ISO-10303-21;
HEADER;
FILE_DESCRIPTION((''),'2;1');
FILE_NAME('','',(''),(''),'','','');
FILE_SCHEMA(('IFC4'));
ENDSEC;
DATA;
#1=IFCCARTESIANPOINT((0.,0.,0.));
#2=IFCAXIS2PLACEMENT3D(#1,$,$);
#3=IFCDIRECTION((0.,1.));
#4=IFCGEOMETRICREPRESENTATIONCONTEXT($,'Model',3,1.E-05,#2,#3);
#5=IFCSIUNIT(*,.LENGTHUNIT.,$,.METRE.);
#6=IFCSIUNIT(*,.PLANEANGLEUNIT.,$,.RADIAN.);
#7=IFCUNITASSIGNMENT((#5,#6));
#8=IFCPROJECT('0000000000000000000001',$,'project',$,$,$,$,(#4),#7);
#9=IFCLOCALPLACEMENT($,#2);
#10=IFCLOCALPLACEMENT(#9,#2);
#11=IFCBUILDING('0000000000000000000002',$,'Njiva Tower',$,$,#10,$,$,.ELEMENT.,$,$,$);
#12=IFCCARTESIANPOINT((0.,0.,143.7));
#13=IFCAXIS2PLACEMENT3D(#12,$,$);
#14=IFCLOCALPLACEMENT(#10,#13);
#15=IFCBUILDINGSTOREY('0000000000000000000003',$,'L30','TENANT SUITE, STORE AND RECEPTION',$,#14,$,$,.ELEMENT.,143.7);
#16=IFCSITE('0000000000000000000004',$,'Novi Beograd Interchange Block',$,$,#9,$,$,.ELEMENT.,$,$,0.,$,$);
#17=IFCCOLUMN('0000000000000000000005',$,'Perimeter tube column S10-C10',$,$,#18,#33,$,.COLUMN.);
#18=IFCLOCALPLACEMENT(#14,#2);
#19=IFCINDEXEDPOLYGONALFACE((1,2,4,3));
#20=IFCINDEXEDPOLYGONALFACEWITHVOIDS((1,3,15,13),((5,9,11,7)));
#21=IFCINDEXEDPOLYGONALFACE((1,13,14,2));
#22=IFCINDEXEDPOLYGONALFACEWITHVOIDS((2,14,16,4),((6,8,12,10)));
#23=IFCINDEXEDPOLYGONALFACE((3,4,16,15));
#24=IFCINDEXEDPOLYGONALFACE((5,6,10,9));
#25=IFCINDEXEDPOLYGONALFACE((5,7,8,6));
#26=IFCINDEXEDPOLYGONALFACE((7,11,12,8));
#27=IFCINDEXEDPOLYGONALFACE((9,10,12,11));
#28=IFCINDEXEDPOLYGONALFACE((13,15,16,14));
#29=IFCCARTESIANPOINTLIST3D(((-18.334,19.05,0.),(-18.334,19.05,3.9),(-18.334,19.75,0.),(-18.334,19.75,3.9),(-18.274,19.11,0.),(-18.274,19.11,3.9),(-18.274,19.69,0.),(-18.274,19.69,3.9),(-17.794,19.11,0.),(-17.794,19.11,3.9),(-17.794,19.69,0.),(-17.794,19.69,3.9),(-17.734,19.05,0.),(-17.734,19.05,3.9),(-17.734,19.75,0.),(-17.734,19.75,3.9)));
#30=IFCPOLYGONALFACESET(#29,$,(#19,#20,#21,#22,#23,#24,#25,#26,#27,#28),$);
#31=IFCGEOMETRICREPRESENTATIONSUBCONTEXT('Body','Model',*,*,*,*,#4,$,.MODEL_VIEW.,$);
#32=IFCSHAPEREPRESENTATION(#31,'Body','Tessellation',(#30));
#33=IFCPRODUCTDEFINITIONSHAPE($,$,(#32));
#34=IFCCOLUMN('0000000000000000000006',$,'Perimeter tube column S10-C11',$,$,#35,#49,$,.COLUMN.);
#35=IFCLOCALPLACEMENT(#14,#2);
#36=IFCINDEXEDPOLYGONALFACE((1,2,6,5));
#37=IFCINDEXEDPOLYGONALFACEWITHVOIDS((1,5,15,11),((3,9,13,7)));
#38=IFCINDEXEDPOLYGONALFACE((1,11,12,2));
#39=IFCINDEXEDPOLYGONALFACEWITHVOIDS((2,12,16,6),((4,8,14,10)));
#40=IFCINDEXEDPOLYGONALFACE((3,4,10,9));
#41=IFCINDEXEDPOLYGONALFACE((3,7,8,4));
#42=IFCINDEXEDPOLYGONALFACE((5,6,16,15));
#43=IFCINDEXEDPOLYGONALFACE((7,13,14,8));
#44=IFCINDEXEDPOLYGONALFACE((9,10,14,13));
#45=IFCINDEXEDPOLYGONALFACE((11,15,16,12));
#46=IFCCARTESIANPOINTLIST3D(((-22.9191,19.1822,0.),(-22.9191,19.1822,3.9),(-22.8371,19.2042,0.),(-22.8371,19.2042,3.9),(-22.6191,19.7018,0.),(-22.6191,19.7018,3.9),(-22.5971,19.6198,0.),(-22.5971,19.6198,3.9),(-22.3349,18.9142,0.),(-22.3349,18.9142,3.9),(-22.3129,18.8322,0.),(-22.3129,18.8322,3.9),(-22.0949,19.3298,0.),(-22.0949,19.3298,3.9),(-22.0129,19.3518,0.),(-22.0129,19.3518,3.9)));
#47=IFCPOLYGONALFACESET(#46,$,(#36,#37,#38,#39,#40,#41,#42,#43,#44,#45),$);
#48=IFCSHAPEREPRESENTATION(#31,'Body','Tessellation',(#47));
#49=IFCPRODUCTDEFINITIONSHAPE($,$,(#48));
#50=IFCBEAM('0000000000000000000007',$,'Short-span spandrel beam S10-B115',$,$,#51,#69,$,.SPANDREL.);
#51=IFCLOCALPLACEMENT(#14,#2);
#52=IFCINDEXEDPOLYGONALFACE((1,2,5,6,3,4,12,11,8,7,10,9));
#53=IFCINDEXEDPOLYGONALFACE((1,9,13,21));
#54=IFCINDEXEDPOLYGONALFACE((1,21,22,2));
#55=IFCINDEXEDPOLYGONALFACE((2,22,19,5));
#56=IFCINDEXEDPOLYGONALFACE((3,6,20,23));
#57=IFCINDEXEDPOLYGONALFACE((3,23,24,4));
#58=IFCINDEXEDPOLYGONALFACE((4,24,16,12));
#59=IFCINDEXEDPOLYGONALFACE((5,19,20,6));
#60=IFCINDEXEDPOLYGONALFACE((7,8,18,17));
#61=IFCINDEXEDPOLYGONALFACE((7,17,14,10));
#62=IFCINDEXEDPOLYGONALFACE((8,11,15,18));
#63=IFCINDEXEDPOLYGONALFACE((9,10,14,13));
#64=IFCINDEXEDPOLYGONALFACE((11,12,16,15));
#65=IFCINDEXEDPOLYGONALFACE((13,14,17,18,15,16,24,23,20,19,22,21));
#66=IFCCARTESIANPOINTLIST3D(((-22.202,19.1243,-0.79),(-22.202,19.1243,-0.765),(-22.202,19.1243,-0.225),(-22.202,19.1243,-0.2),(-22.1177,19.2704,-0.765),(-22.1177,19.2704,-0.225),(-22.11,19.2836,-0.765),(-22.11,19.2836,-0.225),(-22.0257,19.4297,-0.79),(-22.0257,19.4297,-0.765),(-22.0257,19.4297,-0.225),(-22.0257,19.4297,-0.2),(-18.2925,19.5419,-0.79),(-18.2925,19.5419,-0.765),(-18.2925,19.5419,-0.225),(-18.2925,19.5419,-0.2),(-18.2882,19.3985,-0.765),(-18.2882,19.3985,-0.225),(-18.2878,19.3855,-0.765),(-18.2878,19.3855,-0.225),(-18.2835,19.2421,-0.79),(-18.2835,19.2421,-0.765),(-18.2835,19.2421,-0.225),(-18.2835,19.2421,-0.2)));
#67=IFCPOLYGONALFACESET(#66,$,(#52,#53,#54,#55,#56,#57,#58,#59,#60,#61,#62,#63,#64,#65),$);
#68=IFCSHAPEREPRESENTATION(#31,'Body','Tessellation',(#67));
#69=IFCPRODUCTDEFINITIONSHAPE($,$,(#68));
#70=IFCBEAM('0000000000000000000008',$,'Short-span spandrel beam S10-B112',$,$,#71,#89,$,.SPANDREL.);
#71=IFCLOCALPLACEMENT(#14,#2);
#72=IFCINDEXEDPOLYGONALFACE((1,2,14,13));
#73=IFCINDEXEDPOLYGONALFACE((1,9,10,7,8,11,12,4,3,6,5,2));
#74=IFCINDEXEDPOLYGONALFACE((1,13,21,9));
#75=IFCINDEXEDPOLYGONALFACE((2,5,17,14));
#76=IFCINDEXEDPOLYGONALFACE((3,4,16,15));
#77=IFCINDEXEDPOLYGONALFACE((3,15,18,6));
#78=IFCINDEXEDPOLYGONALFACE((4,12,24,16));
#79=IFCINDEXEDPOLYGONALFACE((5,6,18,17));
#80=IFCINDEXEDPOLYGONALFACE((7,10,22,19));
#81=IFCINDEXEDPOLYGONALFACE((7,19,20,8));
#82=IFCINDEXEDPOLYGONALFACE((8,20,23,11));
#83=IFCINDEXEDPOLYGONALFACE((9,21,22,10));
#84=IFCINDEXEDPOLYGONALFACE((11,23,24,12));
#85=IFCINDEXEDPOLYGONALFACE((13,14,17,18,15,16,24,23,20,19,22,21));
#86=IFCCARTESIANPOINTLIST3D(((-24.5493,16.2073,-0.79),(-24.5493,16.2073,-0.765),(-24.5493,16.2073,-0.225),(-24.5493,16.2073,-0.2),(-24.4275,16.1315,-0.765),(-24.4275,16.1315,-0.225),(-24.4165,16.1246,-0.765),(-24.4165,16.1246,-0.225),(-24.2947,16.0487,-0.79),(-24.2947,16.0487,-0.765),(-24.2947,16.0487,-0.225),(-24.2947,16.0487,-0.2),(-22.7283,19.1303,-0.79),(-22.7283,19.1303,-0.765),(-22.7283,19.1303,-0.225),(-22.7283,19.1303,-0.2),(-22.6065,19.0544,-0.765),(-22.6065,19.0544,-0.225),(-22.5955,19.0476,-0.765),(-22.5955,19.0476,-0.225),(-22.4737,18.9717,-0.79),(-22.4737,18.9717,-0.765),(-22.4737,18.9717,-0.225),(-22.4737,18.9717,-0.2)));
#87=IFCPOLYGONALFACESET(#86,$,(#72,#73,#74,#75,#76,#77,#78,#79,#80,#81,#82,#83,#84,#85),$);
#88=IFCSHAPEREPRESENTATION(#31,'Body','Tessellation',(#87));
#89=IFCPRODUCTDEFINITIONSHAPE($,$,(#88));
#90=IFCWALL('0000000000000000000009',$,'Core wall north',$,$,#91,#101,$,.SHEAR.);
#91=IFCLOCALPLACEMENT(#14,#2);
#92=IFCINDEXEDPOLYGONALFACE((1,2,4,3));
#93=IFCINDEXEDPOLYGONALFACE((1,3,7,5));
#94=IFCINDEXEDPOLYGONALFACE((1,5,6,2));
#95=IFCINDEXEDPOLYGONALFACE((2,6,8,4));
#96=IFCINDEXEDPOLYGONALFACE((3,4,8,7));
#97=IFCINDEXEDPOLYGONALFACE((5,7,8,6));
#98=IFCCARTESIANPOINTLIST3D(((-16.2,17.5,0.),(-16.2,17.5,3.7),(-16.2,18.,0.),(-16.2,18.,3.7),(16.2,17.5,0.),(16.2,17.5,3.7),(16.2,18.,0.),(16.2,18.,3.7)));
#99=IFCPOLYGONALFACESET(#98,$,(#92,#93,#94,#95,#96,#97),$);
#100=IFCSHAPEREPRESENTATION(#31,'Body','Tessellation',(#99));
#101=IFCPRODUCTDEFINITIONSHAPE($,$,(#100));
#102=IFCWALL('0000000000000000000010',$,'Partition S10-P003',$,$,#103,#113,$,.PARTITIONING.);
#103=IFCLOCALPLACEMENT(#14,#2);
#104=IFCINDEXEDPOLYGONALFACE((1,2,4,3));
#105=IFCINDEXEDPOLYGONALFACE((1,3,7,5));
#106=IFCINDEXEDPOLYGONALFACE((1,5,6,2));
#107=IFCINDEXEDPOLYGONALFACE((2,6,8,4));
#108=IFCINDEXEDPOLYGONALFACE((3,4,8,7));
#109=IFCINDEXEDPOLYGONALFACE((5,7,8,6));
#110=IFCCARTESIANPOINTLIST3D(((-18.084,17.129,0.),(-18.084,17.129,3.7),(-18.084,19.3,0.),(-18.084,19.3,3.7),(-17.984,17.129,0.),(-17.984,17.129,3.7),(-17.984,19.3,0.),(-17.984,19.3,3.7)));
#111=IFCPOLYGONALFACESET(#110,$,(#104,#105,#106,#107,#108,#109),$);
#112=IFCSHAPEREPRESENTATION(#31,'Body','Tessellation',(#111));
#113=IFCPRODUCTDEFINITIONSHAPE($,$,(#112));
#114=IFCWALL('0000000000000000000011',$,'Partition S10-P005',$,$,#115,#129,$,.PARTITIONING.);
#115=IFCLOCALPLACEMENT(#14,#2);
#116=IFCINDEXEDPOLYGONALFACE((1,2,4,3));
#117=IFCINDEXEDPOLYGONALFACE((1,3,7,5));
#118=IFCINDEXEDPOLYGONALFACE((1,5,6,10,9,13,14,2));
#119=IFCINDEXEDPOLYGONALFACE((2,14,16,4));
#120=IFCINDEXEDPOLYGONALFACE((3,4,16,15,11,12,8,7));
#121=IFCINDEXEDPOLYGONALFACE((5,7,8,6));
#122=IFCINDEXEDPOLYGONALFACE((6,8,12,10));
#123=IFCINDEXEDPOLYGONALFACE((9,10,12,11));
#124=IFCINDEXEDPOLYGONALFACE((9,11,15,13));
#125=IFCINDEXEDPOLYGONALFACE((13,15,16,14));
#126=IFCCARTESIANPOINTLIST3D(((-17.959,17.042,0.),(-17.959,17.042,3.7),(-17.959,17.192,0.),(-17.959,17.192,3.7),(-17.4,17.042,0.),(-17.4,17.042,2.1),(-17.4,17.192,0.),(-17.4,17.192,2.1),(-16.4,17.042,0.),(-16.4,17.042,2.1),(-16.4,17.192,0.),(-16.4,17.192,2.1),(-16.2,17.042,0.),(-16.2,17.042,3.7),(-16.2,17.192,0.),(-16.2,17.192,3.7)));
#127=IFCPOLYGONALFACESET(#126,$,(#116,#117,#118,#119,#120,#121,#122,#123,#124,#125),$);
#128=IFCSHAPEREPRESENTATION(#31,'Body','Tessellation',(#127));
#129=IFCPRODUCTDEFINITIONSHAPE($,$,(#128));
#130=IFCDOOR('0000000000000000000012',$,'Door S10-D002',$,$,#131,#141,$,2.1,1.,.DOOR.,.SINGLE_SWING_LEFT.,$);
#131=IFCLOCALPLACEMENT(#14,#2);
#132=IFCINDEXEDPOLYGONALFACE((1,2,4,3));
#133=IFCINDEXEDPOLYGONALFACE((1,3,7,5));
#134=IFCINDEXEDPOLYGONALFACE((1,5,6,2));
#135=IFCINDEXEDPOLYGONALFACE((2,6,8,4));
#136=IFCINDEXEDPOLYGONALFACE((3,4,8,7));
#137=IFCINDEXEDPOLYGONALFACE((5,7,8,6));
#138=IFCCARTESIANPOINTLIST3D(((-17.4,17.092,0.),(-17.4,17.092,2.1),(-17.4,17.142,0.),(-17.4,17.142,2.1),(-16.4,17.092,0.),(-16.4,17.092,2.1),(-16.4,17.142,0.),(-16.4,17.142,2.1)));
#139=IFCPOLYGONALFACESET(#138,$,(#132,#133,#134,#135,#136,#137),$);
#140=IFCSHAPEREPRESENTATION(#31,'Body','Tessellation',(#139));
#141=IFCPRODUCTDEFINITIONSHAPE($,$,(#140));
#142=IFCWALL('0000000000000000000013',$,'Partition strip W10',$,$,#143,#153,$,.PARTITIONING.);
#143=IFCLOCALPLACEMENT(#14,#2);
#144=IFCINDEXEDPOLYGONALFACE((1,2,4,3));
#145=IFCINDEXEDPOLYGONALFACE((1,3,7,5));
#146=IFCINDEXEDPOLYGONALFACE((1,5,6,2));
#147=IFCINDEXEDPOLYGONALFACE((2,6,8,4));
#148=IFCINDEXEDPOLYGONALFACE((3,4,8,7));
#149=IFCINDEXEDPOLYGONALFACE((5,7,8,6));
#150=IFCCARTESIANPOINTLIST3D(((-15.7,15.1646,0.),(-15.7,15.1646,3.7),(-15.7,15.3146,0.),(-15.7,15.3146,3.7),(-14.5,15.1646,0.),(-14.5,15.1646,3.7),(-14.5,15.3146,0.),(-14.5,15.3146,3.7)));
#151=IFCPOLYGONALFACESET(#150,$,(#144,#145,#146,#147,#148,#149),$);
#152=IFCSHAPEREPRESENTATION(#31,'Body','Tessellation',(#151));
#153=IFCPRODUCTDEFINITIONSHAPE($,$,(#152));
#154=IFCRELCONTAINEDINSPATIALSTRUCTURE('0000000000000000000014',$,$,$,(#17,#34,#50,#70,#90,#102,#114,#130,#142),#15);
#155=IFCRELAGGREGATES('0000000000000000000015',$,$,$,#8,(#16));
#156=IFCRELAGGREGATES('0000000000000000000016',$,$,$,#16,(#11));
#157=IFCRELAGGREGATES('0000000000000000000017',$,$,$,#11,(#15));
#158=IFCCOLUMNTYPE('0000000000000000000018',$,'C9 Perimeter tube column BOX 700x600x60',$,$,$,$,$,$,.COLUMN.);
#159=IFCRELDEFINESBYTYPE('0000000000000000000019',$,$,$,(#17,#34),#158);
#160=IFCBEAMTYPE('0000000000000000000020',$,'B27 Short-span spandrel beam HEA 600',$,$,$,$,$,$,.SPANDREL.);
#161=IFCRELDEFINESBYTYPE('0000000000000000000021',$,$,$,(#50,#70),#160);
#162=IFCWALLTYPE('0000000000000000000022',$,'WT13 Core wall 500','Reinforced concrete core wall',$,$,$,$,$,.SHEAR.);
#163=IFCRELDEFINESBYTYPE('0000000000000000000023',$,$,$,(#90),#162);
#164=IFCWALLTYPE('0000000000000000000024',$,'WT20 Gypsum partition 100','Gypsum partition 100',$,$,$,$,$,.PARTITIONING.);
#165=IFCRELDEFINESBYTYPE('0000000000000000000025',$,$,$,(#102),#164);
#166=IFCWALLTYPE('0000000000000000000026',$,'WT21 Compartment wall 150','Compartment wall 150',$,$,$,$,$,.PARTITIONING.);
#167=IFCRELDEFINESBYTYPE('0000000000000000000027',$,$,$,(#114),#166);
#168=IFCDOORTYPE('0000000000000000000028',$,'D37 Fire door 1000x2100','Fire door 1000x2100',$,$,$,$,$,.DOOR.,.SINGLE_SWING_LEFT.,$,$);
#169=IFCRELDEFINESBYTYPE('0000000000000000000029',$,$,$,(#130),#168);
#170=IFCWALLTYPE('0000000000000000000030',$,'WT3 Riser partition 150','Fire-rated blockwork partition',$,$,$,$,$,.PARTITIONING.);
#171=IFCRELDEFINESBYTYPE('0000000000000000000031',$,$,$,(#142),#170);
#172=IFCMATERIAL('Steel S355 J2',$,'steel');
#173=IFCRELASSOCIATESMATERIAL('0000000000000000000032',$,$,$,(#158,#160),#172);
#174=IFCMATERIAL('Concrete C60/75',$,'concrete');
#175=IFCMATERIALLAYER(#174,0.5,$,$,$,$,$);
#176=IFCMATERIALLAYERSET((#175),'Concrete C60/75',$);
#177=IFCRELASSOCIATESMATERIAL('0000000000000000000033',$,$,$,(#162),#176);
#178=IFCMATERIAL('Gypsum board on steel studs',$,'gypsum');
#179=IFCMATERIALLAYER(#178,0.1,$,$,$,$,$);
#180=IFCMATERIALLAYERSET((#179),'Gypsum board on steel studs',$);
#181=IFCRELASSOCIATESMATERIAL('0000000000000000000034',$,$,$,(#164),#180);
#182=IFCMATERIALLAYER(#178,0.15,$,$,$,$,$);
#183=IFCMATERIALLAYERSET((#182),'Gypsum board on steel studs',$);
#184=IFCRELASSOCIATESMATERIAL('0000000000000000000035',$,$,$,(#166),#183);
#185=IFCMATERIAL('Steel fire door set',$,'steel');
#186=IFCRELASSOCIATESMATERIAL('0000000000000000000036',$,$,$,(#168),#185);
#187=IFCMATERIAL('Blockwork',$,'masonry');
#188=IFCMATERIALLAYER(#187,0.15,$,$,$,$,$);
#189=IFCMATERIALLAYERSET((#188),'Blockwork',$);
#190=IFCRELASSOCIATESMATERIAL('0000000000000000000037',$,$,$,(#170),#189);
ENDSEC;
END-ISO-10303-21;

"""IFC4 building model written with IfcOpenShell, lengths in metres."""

from ifc_helpers import new_model, si_unit, direction, frame, frame_2d, origin, origin_2d, place, context, subcontext, project, spatial, rectangle, hollow_rectangle, i_section, extrude, clip, halfspace, material, layer, layer_set, material_profile, profile_set, type_object, element, fill, save


model = new_model("IFC4")

# Units and contexts
model_context = context("Model", 3, precision=1e-05, world=origin(), true_north=direction((0.0, 1.0)))
body_context = subcontext(model_context, "Body", "Model", "MODEL_VIEW")
ifc_project = project(units=[si_unit("LENGTHUNIT", "METRE"), si_unit("PLANEANGLEUNIT", "RADIAN")], contexts=[model_context])

# Site, building, storey
site_placement = place(None, origin())
site = spatial("IfcSite", under=ifc_project, at=site_placement, Name="Novi Beograd Interchange Block", CompositionType="ELEMENT", RefElevation=0.0)
building_placement = place(site_placement, origin())
building = spatial("IfcBuilding", under=site, at=building_placement, Name="Njiva Tower", CompositionType="ELEMENT")
storey_placement = place(building_placement, frame((0.0, 0.0, 143.7)))
storey = spatial("IfcBuildingStorey", under=building, at=storey_placement, Name="L30", Description="TENANT SUITE, STORE AND RECEPTION", CompositionType="ELEMENT", Elevation=143.7)

# Columns
ifc_material_1 = material(Name="Steel S355 J2", Category="steel")
ifc_material_profile_1 = material_profile(ifc_material_1, hollow_rectangle(XDim=0.6, YDim=0.7, WallThickness=0.06, at=origin_2d()), Name="BOX 700x600x60")
ifc_profile_set_1 = profile_set([ifc_material_profile_1], Name="Steel S355 J2")
column_type = type_object("IfcColumnType", Name="C9 Perimeter tube column BOX 700x600x60", PredefinedType="COLUMN", material=ifc_profile_set_1)
for number, where, z_axis, x_axis, name in (
    (1, (-18.034, 19.4, 0.0), (0.0, 0.0, 1.0), (-1.0, 0.0, 0.0), "Perimeter tube column S10-C10"),
    (2, (-22.466, 19.267, 0.0), (0.0, 0.0, 1.0), (-0.5, -0.866025, 0.0), "Perimeter tube column S10-C11"),
):
    element("IfcColumn", number, at=place(storey_placement, frame(where, z_axis=z_axis, x_axis=x_axis)), inside=storey, type_object=column_type, Name=name, PredefinedType="COLUMN", context=body_context, shape_type="SweptSolid", body=[
        extrude(hollow_rectangle(XDim=0.6, YDim=0.7, WallThickness=0.06, at=origin_2d()), origin(), (0.0, 0.0, 1.0), 3.9),
    ])

# Beams
ifc_material_profile_2 = material_profile(ifc_material_1, i_section(OverallWidth=0.3, OverallDepth=0.59, WebThickness=0.013, FlangeThickness=0.025, at=origin_2d()), Name="HEA 600")
ifc_profile_set_2 = profile_set([ifc_material_profile_2], Name="Steel S355 J2")
beam_type = type_object("IfcBeamType", Name="B27 Short-span spandrel beam HEA 600", PredefinedType="SPANDREL", material=ifc_profile_set_2)
beam_1_placement = place(storey_placement, frame((-18.288, 19.392, -0.495), z_axis=(-0.999549, -0.030044, 0.0), x_axis=(0.030044, -0.999549, 0.0)))
element("IfcBeam", 3, at=beam_1_placement, inside=storey, type_object=beam_type, Name="Short-span spandrel beam S10-B115", PredefinedType="SPANDREL", context=body_context, shape_type="Clipping", body=[
    clip(extrude(i_section(OverallWidth=0.3, OverallDepth=0.59, WebThickness=0.013, FlangeThickness=0.025, at=origin_2d()), origin(), (0.0, 0.0, 1.0), 3.9407), halfspace(frame((-0.0268, 0.0, 3.811), z_axis=(-0.525791, 0.0, 0.850614), x_axis=(0.0, 1.0, 0.0)), False)),
])
beam_2_placement = place(storey_placement, frame((-22.601, 19.051, -0.495), z_axis=(-0.528772, -0.848764, 0.0), x_axis=(0.848764, -0.528772, 0.0)))
element("IfcBeam", 4, at=beam_2_placement, inside=storey, type_object=beam_type, Name="Short-span spandrel beam S10-B112", PredefinedType="SPANDREL", context=body_context, shape_type="SweptSolid", body=[
    extrude(i_section(OverallWidth=0.3, OverallDepth=0.59, WebThickness=0.013, FlangeThickness=0.025, at=origin_2d()), origin(), (0.0, 0.0, 1.0), 3.4438),
])

# Walls
ifc_material_2 = material(Name="Concrete C60/75", Category="concrete")
ifc_layer_1 = layer(ifc_material_2, 0.5)
ifc_layer_set_1 = layer_set([ifc_layer_1], Name="Concrete C60/75")
wall_type_1 = type_object("IfcWallType", Name="WT13 Core wall 500", Description="Reinforced concrete core wall", PredefinedType="SHEAR", material=ifc_layer_set_1)
wall_1_placement = place(storey_placement, frame((-16.2, 17.75, 0.0), z_axis=(0.0, 0.0, 1.0), x_axis=(1.0, 0.0, 0.0)))
element("IfcWall", 5, at=wall_1_placement, inside=storey, type_object=wall_type_1, Name="Core wall north", PredefinedType="SHEAR", context=body_context, shape_type="SweptSolid", body=[
    extrude(rectangle(XDim=32.4, YDim=0.5, at=frame_2d((16.2, 0.0))), origin(), (0.0, 0.0, 1.0), 3.7),
])
ifc_material_3 = material(Name="Gypsum board on steel studs", Category="gypsum")
ifc_layer_2 = layer(ifc_material_3, 0.1)
ifc_layer_set_2 = layer_set([ifc_layer_2], Name="Gypsum board on steel studs")
wall_type_2 = type_object("IfcWallType", Name="WT20 Gypsum partition 100", Description="Gypsum partition 100", PredefinedType="PARTITIONING", material=ifc_layer_set_2)
wall_2_placement = place(storey_placement, frame((-18.034, 17.129, 0.0), z_axis=(0.0, 0.0, 1.0), x_axis=(0.0, 1.0, 0.0)))
element("IfcWall", 6, at=wall_2_placement, inside=storey, type_object=wall_type_2, Name="Partition S10-P003", PredefinedType="PARTITIONING", context=body_context, shape_type="SweptSolid", body=[
    extrude(rectangle(XDim=2.171, YDim=0.1, at=frame_2d((1.0855, 0.0))), origin(), (0.0, 0.0, 1.0), 3.7),
])

# Wall, opening, door
ifc_layer_3 = layer(ifc_material_3, 0.15)
ifc_layer_set_3 = layer_set([ifc_layer_3], Name="Gypsum board on steel studs")
wall_type_3 = type_object("IfcWallType", Name="WT21 Compartment wall 150", Description="Compartment wall 150", PredefinedType="PARTITIONING", material=ifc_layer_set_3)
wall_3_placement = place(storey_placement, frame((-17.959, 17.117, 0.0), z_axis=(0.0, 0.0, 1.0), x_axis=(1.0, 0.0, 0.0)))
wall_3 = element("IfcWall", 7, at=wall_3_placement, inside=storey, type_object=wall_type_3, Name="Partition S10-P005", PredefinedType="PARTITIONING", context=body_context, shape_type="SweptSolid", body=[
    extrude(rectangle(XDim=1.759, YDim=0.15, at=frame_2d((0.8795, 0.0))), origin(), (0.0, 0.0, 1.0), 3.7),
])
opening_placement = place(wall_3_placement, frame((0.559, 0.0, 0.0)))
opening = element("IfcOpeningElement", 8, at=opening_placement, cuts=wall_3, PredefinedType="OPENING", context=body_context, shape_type="SweptSolid", body=[
    extrude(rectangle(XDim=1.0, YDim=2.1, at=frame_2d((0.5, 1.05))), frame((0.0, 0.085, 0.0), z_axis=(0.0, -1.0, 0.0), x_axis=(1.0, 0.0, 0.0)), (0.0, 0.0, 1.0), 0.17),
])
ifc_material_4 = material(Name="Steel fire door set", Category="steel")
door_type = type_object("IfcDoorType", Name="D37 Fire door 1000x2100", Description="Fire door 1000x2100", OperationType="SINGLE_SWING_LEFT", PredefinedType="DOOR", material=ifc_material_4)
door_placement = place(opening_placement, origin())
door = element("IfcDoor", 9, at=door_placement, inside=storey, type_object=door_type, Name="Door S10-D002", OperationType="SINGLE_SWING_LEFT", OverallHeight=2.1, OverallWidth=1.0, PredefinedType="DOOR", context=body_context, shape_type="SweptSolid", body=[
    extrude(rectangle(XDim=1.0, YDim=2.1, at=frame_2d((0.5, 1.05))), frame((0.0, 0.025, 0.0), z_axis=(0.0, -1.0, 0.0), x_axis=(1.0, 0.0, 0.0)), (0.0, 0.0, 1.0), 0.05),
])
fill(opening, door)

# Wall
ifc_material_5 = material(Name="Blockwork", Category="masonry")
ifc_layer_4 = layer(ifc_material_5, 0.15)
ifc_layer_set_4 = layer_set([ifc_layer_4], Name="Blockwork")
wall_type_4 = type_object("IfcWallType", Name="WT3 Riser partition 150", Description="Fire-rated blockwork partition", PredefinedType="PARTITIONING", material=ifc_layer_set_4)
wall_4_placement = place(storey_placement, frame((-15.7, 15.2396, 0.0), z_axis=(0.0, 0.0, 1.0), x_axis=(1.0, 0.0, 0.0)))
element("IfcWall", 10, at=wall_4_placement, inside=storey, type_object=wall_type_4, Name="Partition strip W10", PredefinedType="PARTITIONING", context=body_context, shape_type="SweptSolid", body=[
    extrude(rectangle(XDim=1.2, YDim=0.15, at=frame_2d((0.6, 0.0))), origin(), (0.0, 0.0, 1.0), 3.7),
])

save(model, "model.ifc")
